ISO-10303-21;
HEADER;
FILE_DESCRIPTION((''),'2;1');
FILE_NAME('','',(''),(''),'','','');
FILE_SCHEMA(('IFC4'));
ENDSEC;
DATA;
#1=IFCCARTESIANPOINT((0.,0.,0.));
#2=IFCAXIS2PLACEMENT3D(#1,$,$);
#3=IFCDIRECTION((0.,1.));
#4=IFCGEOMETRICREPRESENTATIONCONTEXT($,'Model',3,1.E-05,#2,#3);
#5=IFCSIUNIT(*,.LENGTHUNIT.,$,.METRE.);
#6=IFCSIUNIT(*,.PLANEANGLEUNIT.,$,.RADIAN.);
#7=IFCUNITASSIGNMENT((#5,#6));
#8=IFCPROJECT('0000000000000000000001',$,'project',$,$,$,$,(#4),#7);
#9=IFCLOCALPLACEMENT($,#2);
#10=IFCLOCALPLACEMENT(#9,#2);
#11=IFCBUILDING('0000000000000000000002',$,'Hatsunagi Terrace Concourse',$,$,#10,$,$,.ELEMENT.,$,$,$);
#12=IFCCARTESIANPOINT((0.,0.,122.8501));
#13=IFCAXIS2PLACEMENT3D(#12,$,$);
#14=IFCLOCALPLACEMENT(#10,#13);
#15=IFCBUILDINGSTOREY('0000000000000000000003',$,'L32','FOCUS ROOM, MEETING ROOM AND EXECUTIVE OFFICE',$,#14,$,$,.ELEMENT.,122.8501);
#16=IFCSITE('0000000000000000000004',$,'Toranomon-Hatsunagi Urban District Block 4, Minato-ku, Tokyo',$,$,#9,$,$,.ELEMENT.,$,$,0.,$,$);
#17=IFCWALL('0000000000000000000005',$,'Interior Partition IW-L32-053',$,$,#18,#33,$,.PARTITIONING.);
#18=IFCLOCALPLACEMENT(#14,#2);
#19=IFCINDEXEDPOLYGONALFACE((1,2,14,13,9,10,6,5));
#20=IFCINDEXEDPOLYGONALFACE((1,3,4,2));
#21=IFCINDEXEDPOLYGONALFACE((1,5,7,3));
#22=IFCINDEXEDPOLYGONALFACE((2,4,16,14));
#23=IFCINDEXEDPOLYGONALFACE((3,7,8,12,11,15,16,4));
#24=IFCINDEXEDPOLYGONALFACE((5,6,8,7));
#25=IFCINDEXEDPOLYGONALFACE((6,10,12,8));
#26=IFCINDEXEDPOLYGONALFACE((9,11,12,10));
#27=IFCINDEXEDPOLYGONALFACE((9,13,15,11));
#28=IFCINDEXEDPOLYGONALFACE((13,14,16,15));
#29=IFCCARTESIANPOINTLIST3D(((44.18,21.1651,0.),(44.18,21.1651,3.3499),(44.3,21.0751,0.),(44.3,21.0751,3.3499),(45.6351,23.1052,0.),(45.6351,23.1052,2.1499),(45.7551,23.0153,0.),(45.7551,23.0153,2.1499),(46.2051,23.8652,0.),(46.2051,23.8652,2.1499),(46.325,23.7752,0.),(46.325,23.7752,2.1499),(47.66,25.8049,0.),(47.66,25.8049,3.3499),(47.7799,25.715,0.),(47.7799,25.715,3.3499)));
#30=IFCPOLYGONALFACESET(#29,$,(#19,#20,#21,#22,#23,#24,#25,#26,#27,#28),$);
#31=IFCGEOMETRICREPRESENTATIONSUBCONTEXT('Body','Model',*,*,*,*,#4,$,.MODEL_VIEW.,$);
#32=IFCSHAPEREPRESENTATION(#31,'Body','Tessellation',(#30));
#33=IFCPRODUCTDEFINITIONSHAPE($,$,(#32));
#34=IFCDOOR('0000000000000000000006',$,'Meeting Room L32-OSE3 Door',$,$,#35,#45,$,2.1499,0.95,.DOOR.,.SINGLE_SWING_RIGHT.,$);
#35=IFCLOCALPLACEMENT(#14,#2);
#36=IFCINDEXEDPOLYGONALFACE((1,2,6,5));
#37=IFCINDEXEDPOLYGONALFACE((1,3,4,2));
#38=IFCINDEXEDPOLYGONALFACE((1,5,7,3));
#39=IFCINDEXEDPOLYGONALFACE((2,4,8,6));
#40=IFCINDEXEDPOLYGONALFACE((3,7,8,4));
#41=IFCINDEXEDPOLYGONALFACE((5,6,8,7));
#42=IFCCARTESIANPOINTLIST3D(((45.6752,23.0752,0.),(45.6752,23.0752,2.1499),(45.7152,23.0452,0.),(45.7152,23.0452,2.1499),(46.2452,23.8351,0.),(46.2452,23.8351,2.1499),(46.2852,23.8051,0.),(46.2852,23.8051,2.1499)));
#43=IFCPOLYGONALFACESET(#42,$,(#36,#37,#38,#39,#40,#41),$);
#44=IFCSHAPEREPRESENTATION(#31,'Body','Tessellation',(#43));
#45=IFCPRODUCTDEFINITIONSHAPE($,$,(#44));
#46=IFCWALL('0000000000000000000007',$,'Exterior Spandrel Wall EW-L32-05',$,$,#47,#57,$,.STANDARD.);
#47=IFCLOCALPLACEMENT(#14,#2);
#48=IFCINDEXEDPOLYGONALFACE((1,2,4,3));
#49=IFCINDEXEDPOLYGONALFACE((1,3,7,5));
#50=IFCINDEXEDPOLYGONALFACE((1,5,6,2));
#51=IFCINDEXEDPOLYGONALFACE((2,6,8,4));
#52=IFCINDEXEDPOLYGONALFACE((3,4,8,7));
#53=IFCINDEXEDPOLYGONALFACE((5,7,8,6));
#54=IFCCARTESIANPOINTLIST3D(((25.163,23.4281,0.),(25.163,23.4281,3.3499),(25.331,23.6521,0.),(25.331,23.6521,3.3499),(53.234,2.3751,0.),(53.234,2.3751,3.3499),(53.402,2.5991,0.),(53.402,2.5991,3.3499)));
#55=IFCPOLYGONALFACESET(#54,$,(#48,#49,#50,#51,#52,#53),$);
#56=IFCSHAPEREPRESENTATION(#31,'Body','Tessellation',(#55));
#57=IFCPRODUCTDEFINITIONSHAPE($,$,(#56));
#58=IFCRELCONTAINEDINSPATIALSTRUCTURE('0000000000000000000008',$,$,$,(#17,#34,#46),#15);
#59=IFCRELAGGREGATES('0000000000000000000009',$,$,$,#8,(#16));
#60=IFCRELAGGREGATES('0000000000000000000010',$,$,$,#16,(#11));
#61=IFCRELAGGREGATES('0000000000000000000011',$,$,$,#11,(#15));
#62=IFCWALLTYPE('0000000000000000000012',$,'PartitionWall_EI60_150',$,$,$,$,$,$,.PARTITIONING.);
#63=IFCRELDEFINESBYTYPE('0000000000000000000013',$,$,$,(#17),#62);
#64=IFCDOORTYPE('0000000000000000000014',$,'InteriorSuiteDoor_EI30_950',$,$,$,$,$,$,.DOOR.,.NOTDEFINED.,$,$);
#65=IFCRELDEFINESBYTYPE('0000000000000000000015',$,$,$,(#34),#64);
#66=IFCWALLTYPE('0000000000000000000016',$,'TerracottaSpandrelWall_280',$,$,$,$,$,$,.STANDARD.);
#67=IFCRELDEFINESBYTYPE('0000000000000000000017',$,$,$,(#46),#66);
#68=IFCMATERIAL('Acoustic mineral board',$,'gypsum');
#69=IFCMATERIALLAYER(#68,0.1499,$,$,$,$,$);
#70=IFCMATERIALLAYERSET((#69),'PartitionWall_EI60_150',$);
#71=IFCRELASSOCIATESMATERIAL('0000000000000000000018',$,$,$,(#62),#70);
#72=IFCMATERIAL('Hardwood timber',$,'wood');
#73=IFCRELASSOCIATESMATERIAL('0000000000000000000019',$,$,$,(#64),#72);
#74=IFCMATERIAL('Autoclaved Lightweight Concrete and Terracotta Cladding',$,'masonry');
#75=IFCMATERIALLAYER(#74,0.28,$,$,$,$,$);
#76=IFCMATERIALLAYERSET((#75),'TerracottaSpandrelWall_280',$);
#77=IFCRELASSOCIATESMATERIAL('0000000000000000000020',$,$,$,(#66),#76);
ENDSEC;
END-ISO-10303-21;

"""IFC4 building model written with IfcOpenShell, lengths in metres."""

from ifc_helpers import new_model, si_unit, direction, frame, frame_2d, origin, place, context, subcontext, project, spatial, rectangle, extrude, material, layer, layer_set, type_object, element, fill, save


model = new_model("IFC4")

# Units and contexts
model_context = context("Model", 3, precision=1e-05, world=origin(), true_north=direction((0.0, 1.0)))
body_context = subcontext(model_context, "Body", "Model", "MODEL_VIEW")
ifc_project = project(units=[si_unit("LENGTHUNIT", "METRE"), si_unit("PLANEANGLEUNIT", "RADIAN")], contexts=[model_context])

# Site, building, storey
site_placement = place(None, origin())
site = spatial("IfcSite", under=ifc_project, at=site_placement, Name="Toranomon-Hatsunagi Urban District Block 4, Minato-ku, Tokyo", CompositionType="ELEMENT", RefElevation=0.0)
building_placement = place(site_placement, origin())
building = spatial("IfcBuilding", under=site, at=building_placement, Name="Hatsunagi Terrace Concourse", CompositionType="ELEMENT")
storey_placement = place(building_placement, frame((0.0, 0.0, 122.8501)))
storey = spatial("IfcBuildingStorey", under=building, at=storey_placement, Name="L32", Description="FOCUS ROOM, MEETING ROOM AND EXECUTIVE OFFICE", CompositionType="ELEMENT", Elevation=122.8501)

# Shared definitions
ifc_material_1 = material(Name="Acoustic mineral board", Category="gypsum")
ifc_layer_1 = layer(ifc_material_1, 0.1499)
ifc_layer_set_1 = layer_set([ifc_layer_1], Name="PartitionWall_EI60_150")
wall_type_1 = type_object("IfcWallType", Name="PartitionWall_EI60_150", PredefinedType="PARTITIONING", material=ifc_layer_set_1)

# Wall, opening, door
wall_1_placement = place(storey_placement, frame((44.24, 21.1201, 0.0), z_axis=(0.0, 0.0, 1.0), x_axis=(0.600007, 0.799995, 0.0)))
wall_1 = element("IfcWall", 1, at=wall_1_placement, inside=storey, type_object=wall_type_1, Name="Interior Partition IW-L32-053", PredefinedType="PARTITIONING", context=body_context, shape_type="SweptSolid", body=[
    extrude(rectangle(XDim=5.7998, YDim=0.1499, at=frame_2d((2.8999, 0.0))), origin(), (0.0, 0.0, 1.0), 3.3499),
])
opening_1_placement = place(wall_1_placement, frame((2.425, 0.0, 0.0)))
opening_1 = element("IfcOpeningElement", 2, at=opening_1_placement, cuts=wall_1, PredefinedType="OPENING", context=body_context, shape_type="SweptSolid", body=[
    extrude(rectangle(XDim=0.95, YDim=2.1499, at=frame_2d((0.4751, 1.075))), frame((0.0, 0.085, 0.0), z_axis=(0.0, -1.0, 0.0), x_axis=(1.0, 0.0, 0.0)), (0.0, 0.0, 1.0), 0.1699),
])
ifc_material_2 = material(Name="Hardwood timber", Category="wood")
door_type_1 = type_object("IfcDoorType", Name="InteriorSuiteDoor_EI30_950", OperationType="NOTDEFINED", PredefinedType="DOOR", material=ifc_material_2)
door_1_placement = place(opening_1_placement, origin())
door_1 = element("IfcDoor", 3, at=door_1_placement, inside=storey, type_object=door_type_1, Name="Meeting Room L32-OSE3 Door", OperationType="SINGLE_SWING_RIGHT", OverallHeight=2.1499, OverallWidth=0.95, PredefinedType="DOOR", context=body_context, shape_type="SweptSolid", body=[
    extrude(rectangle(XDim=0.95, YDim=2.1499, at=frame_2d((0.4751, 1.075))), frame((0.0, 0.0249, 0.0), z_axis=(0.0, -1.0, 0.0), x_axis=(1.0, 0.0, 0.0)), (0.0, 0.0, 1.0), 0.05),
])
fill(opening_1, door_1)

# Wall
ifc_material_3 = material(Name="Autoclaved Lightweight Concrete and Terracotta Cladding", Category="masonry")
ifc_layer_2 = layer(ifc_material_3, 0.28)
ifc_layer_set_2 = layer_set([ifc_layer_2], Name="TerracottaSpandrelWall_280")
wall_type_2 = type_object("IfcWallType", Name="TerracottaSpandrelWall_280", PredefinedType="STANDARD", material=ifc_layer_set_2)
wall_2_placement = place(storey_placement, frame((53.3181, 2.4871, 0.0), z_axis=(0.0, 0.0, 1.0), x_axis=(-0.800004, 0.599994, 0.0)))
element("IfcWall", 4, at=wall_2_placement, inside=storey, type_object=wall_type_2, Name="Exterior Spandrel Wall EW-L32-05", PredefinedType="STANDARD", context=body_context, shape_type="SweptSolid", body=[
    extrude(rectangle(XDim=35.0886, YDim=0.28, at=frame_2d((17.5444, 0.0))), origin(), (0.0, 0.0, 1.0), 3.3499),
])

save(model, "model.ifc")
